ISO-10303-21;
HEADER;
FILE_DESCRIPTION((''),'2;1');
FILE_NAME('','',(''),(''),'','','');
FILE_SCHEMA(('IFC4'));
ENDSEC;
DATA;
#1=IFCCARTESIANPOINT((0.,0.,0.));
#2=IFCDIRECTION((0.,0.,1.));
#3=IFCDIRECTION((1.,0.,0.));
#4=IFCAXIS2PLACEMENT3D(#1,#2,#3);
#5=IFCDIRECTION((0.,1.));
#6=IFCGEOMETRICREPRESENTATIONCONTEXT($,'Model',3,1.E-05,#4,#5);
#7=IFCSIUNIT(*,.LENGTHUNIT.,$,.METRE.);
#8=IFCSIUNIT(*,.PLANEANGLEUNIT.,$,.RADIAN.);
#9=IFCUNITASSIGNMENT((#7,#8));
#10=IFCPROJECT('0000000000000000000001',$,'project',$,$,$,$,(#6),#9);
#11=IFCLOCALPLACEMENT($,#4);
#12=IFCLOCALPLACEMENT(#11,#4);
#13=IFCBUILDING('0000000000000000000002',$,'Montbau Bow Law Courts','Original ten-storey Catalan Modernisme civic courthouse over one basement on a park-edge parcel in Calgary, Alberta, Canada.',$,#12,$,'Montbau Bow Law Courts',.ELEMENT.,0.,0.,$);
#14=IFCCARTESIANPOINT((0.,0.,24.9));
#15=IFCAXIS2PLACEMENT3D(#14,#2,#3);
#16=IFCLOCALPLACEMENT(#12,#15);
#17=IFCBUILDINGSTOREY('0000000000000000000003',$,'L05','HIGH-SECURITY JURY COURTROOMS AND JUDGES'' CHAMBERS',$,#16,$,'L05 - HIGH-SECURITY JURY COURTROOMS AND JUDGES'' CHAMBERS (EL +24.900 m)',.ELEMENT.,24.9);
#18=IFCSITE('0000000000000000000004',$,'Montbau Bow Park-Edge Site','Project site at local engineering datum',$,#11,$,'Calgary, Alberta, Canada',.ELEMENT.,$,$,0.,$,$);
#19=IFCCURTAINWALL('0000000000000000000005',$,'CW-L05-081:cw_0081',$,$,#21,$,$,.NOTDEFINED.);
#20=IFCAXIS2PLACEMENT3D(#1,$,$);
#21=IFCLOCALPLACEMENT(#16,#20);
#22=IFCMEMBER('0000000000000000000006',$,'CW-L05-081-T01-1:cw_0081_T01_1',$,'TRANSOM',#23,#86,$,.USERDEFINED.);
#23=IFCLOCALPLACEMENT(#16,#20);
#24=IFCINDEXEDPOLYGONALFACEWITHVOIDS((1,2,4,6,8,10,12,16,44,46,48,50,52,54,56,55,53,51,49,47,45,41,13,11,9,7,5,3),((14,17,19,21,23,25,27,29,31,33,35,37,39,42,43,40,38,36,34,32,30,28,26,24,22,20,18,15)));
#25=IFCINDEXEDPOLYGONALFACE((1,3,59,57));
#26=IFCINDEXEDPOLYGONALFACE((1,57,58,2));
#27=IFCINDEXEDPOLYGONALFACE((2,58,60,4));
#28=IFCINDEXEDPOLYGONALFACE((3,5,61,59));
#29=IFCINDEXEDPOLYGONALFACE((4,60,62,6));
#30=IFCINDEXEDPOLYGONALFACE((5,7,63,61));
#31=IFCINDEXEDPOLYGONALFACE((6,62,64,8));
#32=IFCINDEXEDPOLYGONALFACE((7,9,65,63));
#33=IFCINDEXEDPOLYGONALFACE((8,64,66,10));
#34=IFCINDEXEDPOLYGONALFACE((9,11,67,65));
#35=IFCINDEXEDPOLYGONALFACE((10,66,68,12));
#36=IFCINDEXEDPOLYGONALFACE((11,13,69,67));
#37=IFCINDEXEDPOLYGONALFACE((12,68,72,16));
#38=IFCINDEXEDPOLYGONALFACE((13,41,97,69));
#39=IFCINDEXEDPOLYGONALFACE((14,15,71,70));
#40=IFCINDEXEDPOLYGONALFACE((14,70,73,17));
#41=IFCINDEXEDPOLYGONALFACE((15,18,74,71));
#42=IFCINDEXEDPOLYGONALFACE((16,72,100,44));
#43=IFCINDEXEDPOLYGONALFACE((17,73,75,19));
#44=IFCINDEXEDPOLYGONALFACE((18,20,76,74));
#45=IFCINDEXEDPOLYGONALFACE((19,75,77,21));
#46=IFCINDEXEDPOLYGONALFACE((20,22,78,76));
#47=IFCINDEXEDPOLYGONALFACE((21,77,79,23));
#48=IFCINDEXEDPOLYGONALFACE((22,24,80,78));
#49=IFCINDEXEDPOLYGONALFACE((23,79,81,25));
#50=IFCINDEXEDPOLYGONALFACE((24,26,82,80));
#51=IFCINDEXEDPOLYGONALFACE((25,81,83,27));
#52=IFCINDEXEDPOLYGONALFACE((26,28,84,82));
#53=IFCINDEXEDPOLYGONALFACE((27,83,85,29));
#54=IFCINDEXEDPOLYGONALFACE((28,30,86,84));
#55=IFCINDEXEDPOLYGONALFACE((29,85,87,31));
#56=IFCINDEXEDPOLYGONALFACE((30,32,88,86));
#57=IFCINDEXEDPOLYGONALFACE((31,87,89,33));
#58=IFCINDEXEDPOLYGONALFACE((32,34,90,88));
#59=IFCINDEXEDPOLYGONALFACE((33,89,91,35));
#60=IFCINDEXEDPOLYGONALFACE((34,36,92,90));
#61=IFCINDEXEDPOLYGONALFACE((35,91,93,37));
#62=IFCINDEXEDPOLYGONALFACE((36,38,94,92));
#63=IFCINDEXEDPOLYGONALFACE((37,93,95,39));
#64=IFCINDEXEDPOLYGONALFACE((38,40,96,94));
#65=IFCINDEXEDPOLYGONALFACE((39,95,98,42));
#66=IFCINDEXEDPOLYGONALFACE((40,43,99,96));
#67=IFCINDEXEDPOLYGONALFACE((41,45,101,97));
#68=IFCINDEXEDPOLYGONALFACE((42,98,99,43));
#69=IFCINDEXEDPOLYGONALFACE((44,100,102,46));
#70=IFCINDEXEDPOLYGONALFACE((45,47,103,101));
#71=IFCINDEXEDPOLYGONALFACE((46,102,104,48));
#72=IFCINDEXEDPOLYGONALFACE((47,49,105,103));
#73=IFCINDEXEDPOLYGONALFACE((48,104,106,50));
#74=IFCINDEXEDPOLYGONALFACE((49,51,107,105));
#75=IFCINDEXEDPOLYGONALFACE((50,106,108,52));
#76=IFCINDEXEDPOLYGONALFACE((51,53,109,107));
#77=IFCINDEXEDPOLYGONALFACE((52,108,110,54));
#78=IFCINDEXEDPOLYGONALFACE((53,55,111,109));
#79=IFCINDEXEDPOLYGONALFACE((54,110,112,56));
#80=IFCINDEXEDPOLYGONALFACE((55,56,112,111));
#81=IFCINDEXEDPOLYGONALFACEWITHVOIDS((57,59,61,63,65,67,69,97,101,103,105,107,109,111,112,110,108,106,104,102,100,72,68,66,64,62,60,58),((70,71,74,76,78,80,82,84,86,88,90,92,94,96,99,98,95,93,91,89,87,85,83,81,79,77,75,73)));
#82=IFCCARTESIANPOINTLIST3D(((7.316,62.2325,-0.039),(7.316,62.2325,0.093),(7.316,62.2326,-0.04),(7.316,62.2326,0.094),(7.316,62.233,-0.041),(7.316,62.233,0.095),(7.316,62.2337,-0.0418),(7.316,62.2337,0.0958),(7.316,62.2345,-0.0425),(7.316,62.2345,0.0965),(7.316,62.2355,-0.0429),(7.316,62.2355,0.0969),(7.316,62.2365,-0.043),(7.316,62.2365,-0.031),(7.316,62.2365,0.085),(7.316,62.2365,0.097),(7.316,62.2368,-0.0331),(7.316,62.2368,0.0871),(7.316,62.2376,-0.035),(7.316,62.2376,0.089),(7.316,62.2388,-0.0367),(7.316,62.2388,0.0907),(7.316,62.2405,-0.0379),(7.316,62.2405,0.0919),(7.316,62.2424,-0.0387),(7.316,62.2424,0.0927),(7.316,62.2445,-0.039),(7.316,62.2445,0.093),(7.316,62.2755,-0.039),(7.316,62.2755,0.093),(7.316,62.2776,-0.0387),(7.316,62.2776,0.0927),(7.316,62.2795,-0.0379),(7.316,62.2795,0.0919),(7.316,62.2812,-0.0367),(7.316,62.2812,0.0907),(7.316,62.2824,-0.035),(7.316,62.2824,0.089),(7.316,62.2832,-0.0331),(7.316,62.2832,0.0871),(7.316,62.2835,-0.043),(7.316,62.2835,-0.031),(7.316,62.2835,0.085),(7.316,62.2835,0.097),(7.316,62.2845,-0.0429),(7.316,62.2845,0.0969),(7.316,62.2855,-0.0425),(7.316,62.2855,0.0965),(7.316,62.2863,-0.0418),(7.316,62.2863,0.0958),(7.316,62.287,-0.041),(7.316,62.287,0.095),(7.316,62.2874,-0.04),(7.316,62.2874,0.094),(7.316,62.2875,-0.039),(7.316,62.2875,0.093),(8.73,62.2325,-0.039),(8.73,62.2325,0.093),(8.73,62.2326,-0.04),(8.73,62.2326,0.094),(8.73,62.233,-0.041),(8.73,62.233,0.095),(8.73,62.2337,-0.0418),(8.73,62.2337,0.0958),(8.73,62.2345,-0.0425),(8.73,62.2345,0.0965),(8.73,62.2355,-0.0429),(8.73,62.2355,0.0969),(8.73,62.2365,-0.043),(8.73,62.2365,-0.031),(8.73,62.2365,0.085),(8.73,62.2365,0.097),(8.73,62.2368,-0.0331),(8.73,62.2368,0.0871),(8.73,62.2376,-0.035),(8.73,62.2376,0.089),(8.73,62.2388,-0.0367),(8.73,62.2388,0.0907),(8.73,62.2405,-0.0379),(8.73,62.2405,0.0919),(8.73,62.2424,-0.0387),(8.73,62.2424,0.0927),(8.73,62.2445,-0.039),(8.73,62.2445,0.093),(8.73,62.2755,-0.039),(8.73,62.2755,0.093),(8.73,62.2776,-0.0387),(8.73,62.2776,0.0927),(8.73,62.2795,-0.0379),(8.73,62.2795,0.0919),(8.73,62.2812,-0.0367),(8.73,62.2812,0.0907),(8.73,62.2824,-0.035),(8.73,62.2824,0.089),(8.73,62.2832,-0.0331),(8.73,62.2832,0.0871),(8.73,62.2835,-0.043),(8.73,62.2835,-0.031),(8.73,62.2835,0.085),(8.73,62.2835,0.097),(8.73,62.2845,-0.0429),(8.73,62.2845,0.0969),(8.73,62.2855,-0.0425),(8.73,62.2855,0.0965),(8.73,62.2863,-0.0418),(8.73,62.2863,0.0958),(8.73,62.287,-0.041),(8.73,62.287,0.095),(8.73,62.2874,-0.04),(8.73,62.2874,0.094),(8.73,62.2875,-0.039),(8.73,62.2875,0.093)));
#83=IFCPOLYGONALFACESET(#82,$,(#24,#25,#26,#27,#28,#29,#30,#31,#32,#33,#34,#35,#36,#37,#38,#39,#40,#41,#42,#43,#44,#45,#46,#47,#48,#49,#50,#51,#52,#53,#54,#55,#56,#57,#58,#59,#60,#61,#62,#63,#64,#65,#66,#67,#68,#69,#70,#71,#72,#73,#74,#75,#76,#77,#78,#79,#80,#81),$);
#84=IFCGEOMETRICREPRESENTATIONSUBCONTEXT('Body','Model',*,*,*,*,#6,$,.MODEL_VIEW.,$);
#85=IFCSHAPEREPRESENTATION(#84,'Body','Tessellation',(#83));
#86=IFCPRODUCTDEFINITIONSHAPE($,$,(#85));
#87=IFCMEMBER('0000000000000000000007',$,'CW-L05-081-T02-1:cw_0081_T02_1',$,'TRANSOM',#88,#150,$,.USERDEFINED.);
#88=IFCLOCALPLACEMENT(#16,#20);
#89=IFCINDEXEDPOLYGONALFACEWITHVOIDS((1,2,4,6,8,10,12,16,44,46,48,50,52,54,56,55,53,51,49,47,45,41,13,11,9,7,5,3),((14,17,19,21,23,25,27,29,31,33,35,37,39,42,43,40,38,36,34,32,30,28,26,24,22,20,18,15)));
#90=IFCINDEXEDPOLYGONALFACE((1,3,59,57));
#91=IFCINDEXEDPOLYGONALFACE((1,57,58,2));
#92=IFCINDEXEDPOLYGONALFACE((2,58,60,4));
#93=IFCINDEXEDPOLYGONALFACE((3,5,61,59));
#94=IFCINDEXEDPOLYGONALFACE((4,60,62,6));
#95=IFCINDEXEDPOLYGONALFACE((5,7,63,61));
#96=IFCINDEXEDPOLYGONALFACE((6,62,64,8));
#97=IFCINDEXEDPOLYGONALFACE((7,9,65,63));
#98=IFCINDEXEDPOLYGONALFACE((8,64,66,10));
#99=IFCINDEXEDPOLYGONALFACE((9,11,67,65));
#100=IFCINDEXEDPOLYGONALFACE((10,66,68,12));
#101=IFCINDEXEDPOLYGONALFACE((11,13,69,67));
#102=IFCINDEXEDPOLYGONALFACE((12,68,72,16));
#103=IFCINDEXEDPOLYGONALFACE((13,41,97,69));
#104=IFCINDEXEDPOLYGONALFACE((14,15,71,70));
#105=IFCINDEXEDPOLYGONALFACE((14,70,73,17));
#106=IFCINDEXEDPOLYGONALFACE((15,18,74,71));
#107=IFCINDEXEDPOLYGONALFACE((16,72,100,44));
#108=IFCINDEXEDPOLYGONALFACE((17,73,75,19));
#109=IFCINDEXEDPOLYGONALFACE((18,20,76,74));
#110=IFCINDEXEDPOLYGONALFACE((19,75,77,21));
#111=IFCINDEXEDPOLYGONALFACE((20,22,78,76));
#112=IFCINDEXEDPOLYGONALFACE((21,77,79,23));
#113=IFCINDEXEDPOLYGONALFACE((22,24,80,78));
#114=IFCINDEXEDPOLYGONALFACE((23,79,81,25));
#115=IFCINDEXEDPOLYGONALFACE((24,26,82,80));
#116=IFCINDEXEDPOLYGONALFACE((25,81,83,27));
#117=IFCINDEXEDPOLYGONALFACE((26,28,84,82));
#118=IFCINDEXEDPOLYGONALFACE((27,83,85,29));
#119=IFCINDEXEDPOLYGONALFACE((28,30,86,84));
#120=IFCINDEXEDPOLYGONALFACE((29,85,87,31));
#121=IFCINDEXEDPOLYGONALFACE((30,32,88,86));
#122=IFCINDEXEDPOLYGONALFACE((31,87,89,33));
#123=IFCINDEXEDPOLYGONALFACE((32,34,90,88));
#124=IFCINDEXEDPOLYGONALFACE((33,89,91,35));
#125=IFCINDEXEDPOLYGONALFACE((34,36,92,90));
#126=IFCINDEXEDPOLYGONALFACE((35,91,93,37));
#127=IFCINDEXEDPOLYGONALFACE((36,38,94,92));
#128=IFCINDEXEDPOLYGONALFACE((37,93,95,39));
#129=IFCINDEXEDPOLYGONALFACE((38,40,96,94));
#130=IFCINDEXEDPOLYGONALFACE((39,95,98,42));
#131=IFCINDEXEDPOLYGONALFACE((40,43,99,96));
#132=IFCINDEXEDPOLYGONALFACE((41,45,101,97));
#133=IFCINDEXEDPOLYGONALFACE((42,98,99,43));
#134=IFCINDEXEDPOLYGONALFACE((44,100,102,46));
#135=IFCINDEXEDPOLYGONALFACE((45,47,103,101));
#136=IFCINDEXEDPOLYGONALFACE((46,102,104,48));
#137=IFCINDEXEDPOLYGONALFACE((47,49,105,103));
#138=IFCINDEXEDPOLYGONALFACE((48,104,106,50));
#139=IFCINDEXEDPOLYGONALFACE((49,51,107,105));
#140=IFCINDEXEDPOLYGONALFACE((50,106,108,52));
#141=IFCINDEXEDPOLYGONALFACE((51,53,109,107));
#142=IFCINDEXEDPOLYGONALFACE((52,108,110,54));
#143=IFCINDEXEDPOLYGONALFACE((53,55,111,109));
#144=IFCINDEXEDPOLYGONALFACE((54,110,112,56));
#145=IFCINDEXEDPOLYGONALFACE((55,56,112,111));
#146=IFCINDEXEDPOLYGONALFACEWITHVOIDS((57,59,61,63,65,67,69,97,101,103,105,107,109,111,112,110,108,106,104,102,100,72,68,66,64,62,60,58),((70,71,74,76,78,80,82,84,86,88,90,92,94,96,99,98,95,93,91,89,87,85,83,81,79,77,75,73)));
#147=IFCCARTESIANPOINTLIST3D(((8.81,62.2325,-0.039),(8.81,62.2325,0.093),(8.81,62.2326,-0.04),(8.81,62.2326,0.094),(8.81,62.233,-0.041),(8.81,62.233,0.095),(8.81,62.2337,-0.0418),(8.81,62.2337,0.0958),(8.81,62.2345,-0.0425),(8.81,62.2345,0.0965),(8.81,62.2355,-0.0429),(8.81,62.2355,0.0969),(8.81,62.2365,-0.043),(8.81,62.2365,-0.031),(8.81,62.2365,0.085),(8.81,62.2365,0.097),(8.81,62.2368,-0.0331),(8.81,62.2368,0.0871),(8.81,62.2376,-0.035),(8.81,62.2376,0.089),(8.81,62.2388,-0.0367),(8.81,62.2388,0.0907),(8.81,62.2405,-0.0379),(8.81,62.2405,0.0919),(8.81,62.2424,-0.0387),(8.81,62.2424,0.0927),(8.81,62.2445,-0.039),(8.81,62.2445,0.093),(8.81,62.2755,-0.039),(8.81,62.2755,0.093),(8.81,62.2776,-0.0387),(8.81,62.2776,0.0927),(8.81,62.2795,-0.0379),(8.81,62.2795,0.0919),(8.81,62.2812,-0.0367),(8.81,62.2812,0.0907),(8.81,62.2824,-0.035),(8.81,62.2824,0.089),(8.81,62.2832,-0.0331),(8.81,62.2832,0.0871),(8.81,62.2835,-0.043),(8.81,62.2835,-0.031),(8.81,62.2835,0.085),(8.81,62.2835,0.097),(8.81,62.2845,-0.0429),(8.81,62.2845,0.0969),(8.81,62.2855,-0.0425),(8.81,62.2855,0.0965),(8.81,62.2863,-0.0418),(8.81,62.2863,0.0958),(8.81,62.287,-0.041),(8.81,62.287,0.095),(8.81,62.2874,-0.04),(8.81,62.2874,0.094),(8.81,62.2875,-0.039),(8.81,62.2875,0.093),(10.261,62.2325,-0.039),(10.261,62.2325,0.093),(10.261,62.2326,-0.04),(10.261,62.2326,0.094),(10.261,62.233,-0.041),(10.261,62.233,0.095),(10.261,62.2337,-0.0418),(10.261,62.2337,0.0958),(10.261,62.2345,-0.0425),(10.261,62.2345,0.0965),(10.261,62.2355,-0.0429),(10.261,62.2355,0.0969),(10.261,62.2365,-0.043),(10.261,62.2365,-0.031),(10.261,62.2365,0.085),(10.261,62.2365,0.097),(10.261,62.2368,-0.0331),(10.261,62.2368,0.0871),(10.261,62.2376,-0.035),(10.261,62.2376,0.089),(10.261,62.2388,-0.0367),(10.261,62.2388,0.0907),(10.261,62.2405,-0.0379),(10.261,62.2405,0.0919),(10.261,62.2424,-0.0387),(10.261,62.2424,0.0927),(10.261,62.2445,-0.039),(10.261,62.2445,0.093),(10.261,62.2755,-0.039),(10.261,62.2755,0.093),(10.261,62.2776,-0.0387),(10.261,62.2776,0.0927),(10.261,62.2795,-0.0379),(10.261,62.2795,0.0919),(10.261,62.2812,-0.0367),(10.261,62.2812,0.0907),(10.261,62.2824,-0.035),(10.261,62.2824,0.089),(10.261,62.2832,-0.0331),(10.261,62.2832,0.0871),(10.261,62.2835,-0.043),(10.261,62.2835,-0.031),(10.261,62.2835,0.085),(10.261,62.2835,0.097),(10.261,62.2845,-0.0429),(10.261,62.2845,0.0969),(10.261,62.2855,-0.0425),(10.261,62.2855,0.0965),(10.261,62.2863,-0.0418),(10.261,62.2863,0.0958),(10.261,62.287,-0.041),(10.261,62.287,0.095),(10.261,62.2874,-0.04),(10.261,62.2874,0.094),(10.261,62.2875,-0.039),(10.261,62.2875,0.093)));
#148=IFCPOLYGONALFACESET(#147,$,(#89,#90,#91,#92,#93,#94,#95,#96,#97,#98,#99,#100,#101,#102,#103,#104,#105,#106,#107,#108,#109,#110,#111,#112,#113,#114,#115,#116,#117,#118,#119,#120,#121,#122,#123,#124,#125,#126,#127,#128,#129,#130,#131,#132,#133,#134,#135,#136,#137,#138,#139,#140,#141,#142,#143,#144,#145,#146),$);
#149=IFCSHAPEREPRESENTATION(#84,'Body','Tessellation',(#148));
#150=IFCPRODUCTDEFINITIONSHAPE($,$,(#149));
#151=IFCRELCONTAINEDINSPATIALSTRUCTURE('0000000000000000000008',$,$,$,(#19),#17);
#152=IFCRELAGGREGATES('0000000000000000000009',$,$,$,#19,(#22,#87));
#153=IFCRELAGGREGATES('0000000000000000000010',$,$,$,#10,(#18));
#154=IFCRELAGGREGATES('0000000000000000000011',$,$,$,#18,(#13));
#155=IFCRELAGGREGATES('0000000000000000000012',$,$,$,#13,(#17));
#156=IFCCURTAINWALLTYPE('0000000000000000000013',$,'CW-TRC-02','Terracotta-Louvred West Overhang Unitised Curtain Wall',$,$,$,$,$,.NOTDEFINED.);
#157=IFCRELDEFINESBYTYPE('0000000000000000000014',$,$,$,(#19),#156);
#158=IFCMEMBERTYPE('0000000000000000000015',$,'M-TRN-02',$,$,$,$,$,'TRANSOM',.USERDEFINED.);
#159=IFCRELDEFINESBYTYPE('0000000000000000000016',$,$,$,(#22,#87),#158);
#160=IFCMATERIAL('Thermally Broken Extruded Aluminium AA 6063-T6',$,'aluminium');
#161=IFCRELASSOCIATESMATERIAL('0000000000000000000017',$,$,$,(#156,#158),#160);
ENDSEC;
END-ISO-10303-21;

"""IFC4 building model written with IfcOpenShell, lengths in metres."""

from ifc_helpers import new_model, si_unit, direction, frame, origin_with_axes, origin_2d_with_axis, place, context, subcontext, project, spatial, hollow_rectangle, extrude, material, material_profile, profile_set, type_object, element, aggregate, save


model = new_model("IFC4")

# Units and contexts
model_context = context("Model", 3, precision=1e-05, world=origin_with_axes(), true_north=direction((0.0, 1.0)))
body_context = subcontext(model_context, "Body", "Model", "MODEL_VIEW")
ifc_project = project(units=[si_unit("LENGTHUNIT", "METRE"), si_unit("PLANEANGLEUNIT", "RADIAN")], contexts=[model_context])

# Site, building, storey
site_placement = place(None, origin_with_axes())
site = spatial("IfcSite", under=ifc_project, at=site_placement, Name="Montbau Bow Park-Edge Site", Description="Project site at local engineering datum", LongName="Calgary, Alberta, Canada", CompositionType="ELEMENT", RefElevation=0.0)
building_placement = place(site_placement, origin_with_axes())
building = spatial("IfcBuilding", under=site, at=building_placement, Name="Montbau Bow Law Courts", Description="Original ten-storey Catalan Modernisme civic courthouse over one basement on a park-edge parcel in Calgary, Alberta, Canada.", LongName="Montbau Bow Law Courts", CompositionType="ELEMENT", ElevationOfRefHeight=0.0, ElevationOfTerrain=0.0)
storey_placement = place(building_placement, frame((0.0, 0.0, 24.9), z_axis=(0.0, 0.0, 1.0), x_axis=(1.0, 0.0, 0.0)))
storey = spatial("IfcBuildingStorey", under=building, at=storey_placement, Name="L05", Description="HIGH-SECURITY JURY COURTROOMS AND JUDGES' CHAMBERS", LongName="L05 - HIGH-SECURITY JURY COURTROOMS AND JUDGES' CHAMBERS (EL +24.900 m)", CompositionType="ELEMENT", Elevation=24.9)

# Curtain wall, members
ifc_material_1 = material(Name="Thermally Broken Extruded Aluminium AA 6063-T6", Category="aluminium")
curtain_wall_type = type_object("IfcCurtainWallType", Name="CW-TRC-02", Description="Terracotta-Louvred West Overhang Unitised Curtain Wall", PredefinedType="NOTDEFINED", material=ifc_material_1)
curtain_wall_1_placement = place(None, frame((7.24, 62.26, 24.9), z_axis=(0.0, 0.0, 1.0), x_axis=(1.0, 0.0, 0.0)))
curtain_wall_1 = element("IfcCurtainWall", 1, at=curtain_wall_1_placement, inside=storey, type_object=curtain_wall_type, Name="CW-L05-081:cw_0081", PredefinedType="NOTDEFINED")
ifc_material_profile_1 = material_profile(ifc_material_1, hollow_rectangle(XDim=0.055, YDim=0.14, WallThickness=0.004, InnerFilletRadius=0.008, OuterFilletRadius=0.004, at=origin_2d_with_axis()), Name="CWT-140X55", Category="Main", Priority=0)
ifc_profile_set_1 = profile_set([ifc_material_profile_1], Name="Thermally Broken Extruded Aluminium AA 6063-T6")
member_type_1 = type_object("IfcMemberType", Name="M-TRN-02", ElementType="TRANSOM", PredefinedType="USERDEFINED", material=ifc_profile_set_1)
member_1_placement = place(None, frame((7.316, 62.26, 24.927), z_axis=(1.0, 0.0, 0.0), x_axis=(0.0, 1.0, 0.0)))
member_1 = element("IfcMember", 2, at=member_1_placement, type_object=member_type_1, Name="CW-L05-081-T01-1:cw_0081_T01_1", ObjectType="TRANSOM", PredefinedType="USERDEFINED", context=body_context, shape_type="SweptSolid", body=[
    extrude(hollow_rectangle(XDim=0.055, YDim=0.14, WallThickness=0.004, InnerFilletRadius=0.008, OuterFilletRadius=0.004, at=origin_2d_with_axis()), origin_with_axes(), (0.0, 0.0, 1.0), 1.414),
])
member_2_placement = place(None, frame((8.81, 62.26, 24.927), z_axis=(1.0, 0.0, 0.0), x_axis=(0.0, 1.0, 0.0)))
member_2 = element("IfcMember", 3, at=member_2_placement, type_object=member_type_1, Name="CW-L05-081-T02-1:cw_0081_T02_1", ObjectType="TRANSOM", PredefinedType="USERDEFINED", context=body_context, shape_type="SweptSolid", body=[
    extrude(hollow_rectangle(XDim=0.055, YDim=0.14, WallThickness=0.004, InnerFilletRadius=0.008, OuterFilletRadius=0.004, at=origin_2d_with_axis()), origin_with_axes(), (0.0, 0.0, 1.0), 1.451),
])
aggregate(curtain_wall_1, [member_1, member_2])

save(model, "model.ifc")
